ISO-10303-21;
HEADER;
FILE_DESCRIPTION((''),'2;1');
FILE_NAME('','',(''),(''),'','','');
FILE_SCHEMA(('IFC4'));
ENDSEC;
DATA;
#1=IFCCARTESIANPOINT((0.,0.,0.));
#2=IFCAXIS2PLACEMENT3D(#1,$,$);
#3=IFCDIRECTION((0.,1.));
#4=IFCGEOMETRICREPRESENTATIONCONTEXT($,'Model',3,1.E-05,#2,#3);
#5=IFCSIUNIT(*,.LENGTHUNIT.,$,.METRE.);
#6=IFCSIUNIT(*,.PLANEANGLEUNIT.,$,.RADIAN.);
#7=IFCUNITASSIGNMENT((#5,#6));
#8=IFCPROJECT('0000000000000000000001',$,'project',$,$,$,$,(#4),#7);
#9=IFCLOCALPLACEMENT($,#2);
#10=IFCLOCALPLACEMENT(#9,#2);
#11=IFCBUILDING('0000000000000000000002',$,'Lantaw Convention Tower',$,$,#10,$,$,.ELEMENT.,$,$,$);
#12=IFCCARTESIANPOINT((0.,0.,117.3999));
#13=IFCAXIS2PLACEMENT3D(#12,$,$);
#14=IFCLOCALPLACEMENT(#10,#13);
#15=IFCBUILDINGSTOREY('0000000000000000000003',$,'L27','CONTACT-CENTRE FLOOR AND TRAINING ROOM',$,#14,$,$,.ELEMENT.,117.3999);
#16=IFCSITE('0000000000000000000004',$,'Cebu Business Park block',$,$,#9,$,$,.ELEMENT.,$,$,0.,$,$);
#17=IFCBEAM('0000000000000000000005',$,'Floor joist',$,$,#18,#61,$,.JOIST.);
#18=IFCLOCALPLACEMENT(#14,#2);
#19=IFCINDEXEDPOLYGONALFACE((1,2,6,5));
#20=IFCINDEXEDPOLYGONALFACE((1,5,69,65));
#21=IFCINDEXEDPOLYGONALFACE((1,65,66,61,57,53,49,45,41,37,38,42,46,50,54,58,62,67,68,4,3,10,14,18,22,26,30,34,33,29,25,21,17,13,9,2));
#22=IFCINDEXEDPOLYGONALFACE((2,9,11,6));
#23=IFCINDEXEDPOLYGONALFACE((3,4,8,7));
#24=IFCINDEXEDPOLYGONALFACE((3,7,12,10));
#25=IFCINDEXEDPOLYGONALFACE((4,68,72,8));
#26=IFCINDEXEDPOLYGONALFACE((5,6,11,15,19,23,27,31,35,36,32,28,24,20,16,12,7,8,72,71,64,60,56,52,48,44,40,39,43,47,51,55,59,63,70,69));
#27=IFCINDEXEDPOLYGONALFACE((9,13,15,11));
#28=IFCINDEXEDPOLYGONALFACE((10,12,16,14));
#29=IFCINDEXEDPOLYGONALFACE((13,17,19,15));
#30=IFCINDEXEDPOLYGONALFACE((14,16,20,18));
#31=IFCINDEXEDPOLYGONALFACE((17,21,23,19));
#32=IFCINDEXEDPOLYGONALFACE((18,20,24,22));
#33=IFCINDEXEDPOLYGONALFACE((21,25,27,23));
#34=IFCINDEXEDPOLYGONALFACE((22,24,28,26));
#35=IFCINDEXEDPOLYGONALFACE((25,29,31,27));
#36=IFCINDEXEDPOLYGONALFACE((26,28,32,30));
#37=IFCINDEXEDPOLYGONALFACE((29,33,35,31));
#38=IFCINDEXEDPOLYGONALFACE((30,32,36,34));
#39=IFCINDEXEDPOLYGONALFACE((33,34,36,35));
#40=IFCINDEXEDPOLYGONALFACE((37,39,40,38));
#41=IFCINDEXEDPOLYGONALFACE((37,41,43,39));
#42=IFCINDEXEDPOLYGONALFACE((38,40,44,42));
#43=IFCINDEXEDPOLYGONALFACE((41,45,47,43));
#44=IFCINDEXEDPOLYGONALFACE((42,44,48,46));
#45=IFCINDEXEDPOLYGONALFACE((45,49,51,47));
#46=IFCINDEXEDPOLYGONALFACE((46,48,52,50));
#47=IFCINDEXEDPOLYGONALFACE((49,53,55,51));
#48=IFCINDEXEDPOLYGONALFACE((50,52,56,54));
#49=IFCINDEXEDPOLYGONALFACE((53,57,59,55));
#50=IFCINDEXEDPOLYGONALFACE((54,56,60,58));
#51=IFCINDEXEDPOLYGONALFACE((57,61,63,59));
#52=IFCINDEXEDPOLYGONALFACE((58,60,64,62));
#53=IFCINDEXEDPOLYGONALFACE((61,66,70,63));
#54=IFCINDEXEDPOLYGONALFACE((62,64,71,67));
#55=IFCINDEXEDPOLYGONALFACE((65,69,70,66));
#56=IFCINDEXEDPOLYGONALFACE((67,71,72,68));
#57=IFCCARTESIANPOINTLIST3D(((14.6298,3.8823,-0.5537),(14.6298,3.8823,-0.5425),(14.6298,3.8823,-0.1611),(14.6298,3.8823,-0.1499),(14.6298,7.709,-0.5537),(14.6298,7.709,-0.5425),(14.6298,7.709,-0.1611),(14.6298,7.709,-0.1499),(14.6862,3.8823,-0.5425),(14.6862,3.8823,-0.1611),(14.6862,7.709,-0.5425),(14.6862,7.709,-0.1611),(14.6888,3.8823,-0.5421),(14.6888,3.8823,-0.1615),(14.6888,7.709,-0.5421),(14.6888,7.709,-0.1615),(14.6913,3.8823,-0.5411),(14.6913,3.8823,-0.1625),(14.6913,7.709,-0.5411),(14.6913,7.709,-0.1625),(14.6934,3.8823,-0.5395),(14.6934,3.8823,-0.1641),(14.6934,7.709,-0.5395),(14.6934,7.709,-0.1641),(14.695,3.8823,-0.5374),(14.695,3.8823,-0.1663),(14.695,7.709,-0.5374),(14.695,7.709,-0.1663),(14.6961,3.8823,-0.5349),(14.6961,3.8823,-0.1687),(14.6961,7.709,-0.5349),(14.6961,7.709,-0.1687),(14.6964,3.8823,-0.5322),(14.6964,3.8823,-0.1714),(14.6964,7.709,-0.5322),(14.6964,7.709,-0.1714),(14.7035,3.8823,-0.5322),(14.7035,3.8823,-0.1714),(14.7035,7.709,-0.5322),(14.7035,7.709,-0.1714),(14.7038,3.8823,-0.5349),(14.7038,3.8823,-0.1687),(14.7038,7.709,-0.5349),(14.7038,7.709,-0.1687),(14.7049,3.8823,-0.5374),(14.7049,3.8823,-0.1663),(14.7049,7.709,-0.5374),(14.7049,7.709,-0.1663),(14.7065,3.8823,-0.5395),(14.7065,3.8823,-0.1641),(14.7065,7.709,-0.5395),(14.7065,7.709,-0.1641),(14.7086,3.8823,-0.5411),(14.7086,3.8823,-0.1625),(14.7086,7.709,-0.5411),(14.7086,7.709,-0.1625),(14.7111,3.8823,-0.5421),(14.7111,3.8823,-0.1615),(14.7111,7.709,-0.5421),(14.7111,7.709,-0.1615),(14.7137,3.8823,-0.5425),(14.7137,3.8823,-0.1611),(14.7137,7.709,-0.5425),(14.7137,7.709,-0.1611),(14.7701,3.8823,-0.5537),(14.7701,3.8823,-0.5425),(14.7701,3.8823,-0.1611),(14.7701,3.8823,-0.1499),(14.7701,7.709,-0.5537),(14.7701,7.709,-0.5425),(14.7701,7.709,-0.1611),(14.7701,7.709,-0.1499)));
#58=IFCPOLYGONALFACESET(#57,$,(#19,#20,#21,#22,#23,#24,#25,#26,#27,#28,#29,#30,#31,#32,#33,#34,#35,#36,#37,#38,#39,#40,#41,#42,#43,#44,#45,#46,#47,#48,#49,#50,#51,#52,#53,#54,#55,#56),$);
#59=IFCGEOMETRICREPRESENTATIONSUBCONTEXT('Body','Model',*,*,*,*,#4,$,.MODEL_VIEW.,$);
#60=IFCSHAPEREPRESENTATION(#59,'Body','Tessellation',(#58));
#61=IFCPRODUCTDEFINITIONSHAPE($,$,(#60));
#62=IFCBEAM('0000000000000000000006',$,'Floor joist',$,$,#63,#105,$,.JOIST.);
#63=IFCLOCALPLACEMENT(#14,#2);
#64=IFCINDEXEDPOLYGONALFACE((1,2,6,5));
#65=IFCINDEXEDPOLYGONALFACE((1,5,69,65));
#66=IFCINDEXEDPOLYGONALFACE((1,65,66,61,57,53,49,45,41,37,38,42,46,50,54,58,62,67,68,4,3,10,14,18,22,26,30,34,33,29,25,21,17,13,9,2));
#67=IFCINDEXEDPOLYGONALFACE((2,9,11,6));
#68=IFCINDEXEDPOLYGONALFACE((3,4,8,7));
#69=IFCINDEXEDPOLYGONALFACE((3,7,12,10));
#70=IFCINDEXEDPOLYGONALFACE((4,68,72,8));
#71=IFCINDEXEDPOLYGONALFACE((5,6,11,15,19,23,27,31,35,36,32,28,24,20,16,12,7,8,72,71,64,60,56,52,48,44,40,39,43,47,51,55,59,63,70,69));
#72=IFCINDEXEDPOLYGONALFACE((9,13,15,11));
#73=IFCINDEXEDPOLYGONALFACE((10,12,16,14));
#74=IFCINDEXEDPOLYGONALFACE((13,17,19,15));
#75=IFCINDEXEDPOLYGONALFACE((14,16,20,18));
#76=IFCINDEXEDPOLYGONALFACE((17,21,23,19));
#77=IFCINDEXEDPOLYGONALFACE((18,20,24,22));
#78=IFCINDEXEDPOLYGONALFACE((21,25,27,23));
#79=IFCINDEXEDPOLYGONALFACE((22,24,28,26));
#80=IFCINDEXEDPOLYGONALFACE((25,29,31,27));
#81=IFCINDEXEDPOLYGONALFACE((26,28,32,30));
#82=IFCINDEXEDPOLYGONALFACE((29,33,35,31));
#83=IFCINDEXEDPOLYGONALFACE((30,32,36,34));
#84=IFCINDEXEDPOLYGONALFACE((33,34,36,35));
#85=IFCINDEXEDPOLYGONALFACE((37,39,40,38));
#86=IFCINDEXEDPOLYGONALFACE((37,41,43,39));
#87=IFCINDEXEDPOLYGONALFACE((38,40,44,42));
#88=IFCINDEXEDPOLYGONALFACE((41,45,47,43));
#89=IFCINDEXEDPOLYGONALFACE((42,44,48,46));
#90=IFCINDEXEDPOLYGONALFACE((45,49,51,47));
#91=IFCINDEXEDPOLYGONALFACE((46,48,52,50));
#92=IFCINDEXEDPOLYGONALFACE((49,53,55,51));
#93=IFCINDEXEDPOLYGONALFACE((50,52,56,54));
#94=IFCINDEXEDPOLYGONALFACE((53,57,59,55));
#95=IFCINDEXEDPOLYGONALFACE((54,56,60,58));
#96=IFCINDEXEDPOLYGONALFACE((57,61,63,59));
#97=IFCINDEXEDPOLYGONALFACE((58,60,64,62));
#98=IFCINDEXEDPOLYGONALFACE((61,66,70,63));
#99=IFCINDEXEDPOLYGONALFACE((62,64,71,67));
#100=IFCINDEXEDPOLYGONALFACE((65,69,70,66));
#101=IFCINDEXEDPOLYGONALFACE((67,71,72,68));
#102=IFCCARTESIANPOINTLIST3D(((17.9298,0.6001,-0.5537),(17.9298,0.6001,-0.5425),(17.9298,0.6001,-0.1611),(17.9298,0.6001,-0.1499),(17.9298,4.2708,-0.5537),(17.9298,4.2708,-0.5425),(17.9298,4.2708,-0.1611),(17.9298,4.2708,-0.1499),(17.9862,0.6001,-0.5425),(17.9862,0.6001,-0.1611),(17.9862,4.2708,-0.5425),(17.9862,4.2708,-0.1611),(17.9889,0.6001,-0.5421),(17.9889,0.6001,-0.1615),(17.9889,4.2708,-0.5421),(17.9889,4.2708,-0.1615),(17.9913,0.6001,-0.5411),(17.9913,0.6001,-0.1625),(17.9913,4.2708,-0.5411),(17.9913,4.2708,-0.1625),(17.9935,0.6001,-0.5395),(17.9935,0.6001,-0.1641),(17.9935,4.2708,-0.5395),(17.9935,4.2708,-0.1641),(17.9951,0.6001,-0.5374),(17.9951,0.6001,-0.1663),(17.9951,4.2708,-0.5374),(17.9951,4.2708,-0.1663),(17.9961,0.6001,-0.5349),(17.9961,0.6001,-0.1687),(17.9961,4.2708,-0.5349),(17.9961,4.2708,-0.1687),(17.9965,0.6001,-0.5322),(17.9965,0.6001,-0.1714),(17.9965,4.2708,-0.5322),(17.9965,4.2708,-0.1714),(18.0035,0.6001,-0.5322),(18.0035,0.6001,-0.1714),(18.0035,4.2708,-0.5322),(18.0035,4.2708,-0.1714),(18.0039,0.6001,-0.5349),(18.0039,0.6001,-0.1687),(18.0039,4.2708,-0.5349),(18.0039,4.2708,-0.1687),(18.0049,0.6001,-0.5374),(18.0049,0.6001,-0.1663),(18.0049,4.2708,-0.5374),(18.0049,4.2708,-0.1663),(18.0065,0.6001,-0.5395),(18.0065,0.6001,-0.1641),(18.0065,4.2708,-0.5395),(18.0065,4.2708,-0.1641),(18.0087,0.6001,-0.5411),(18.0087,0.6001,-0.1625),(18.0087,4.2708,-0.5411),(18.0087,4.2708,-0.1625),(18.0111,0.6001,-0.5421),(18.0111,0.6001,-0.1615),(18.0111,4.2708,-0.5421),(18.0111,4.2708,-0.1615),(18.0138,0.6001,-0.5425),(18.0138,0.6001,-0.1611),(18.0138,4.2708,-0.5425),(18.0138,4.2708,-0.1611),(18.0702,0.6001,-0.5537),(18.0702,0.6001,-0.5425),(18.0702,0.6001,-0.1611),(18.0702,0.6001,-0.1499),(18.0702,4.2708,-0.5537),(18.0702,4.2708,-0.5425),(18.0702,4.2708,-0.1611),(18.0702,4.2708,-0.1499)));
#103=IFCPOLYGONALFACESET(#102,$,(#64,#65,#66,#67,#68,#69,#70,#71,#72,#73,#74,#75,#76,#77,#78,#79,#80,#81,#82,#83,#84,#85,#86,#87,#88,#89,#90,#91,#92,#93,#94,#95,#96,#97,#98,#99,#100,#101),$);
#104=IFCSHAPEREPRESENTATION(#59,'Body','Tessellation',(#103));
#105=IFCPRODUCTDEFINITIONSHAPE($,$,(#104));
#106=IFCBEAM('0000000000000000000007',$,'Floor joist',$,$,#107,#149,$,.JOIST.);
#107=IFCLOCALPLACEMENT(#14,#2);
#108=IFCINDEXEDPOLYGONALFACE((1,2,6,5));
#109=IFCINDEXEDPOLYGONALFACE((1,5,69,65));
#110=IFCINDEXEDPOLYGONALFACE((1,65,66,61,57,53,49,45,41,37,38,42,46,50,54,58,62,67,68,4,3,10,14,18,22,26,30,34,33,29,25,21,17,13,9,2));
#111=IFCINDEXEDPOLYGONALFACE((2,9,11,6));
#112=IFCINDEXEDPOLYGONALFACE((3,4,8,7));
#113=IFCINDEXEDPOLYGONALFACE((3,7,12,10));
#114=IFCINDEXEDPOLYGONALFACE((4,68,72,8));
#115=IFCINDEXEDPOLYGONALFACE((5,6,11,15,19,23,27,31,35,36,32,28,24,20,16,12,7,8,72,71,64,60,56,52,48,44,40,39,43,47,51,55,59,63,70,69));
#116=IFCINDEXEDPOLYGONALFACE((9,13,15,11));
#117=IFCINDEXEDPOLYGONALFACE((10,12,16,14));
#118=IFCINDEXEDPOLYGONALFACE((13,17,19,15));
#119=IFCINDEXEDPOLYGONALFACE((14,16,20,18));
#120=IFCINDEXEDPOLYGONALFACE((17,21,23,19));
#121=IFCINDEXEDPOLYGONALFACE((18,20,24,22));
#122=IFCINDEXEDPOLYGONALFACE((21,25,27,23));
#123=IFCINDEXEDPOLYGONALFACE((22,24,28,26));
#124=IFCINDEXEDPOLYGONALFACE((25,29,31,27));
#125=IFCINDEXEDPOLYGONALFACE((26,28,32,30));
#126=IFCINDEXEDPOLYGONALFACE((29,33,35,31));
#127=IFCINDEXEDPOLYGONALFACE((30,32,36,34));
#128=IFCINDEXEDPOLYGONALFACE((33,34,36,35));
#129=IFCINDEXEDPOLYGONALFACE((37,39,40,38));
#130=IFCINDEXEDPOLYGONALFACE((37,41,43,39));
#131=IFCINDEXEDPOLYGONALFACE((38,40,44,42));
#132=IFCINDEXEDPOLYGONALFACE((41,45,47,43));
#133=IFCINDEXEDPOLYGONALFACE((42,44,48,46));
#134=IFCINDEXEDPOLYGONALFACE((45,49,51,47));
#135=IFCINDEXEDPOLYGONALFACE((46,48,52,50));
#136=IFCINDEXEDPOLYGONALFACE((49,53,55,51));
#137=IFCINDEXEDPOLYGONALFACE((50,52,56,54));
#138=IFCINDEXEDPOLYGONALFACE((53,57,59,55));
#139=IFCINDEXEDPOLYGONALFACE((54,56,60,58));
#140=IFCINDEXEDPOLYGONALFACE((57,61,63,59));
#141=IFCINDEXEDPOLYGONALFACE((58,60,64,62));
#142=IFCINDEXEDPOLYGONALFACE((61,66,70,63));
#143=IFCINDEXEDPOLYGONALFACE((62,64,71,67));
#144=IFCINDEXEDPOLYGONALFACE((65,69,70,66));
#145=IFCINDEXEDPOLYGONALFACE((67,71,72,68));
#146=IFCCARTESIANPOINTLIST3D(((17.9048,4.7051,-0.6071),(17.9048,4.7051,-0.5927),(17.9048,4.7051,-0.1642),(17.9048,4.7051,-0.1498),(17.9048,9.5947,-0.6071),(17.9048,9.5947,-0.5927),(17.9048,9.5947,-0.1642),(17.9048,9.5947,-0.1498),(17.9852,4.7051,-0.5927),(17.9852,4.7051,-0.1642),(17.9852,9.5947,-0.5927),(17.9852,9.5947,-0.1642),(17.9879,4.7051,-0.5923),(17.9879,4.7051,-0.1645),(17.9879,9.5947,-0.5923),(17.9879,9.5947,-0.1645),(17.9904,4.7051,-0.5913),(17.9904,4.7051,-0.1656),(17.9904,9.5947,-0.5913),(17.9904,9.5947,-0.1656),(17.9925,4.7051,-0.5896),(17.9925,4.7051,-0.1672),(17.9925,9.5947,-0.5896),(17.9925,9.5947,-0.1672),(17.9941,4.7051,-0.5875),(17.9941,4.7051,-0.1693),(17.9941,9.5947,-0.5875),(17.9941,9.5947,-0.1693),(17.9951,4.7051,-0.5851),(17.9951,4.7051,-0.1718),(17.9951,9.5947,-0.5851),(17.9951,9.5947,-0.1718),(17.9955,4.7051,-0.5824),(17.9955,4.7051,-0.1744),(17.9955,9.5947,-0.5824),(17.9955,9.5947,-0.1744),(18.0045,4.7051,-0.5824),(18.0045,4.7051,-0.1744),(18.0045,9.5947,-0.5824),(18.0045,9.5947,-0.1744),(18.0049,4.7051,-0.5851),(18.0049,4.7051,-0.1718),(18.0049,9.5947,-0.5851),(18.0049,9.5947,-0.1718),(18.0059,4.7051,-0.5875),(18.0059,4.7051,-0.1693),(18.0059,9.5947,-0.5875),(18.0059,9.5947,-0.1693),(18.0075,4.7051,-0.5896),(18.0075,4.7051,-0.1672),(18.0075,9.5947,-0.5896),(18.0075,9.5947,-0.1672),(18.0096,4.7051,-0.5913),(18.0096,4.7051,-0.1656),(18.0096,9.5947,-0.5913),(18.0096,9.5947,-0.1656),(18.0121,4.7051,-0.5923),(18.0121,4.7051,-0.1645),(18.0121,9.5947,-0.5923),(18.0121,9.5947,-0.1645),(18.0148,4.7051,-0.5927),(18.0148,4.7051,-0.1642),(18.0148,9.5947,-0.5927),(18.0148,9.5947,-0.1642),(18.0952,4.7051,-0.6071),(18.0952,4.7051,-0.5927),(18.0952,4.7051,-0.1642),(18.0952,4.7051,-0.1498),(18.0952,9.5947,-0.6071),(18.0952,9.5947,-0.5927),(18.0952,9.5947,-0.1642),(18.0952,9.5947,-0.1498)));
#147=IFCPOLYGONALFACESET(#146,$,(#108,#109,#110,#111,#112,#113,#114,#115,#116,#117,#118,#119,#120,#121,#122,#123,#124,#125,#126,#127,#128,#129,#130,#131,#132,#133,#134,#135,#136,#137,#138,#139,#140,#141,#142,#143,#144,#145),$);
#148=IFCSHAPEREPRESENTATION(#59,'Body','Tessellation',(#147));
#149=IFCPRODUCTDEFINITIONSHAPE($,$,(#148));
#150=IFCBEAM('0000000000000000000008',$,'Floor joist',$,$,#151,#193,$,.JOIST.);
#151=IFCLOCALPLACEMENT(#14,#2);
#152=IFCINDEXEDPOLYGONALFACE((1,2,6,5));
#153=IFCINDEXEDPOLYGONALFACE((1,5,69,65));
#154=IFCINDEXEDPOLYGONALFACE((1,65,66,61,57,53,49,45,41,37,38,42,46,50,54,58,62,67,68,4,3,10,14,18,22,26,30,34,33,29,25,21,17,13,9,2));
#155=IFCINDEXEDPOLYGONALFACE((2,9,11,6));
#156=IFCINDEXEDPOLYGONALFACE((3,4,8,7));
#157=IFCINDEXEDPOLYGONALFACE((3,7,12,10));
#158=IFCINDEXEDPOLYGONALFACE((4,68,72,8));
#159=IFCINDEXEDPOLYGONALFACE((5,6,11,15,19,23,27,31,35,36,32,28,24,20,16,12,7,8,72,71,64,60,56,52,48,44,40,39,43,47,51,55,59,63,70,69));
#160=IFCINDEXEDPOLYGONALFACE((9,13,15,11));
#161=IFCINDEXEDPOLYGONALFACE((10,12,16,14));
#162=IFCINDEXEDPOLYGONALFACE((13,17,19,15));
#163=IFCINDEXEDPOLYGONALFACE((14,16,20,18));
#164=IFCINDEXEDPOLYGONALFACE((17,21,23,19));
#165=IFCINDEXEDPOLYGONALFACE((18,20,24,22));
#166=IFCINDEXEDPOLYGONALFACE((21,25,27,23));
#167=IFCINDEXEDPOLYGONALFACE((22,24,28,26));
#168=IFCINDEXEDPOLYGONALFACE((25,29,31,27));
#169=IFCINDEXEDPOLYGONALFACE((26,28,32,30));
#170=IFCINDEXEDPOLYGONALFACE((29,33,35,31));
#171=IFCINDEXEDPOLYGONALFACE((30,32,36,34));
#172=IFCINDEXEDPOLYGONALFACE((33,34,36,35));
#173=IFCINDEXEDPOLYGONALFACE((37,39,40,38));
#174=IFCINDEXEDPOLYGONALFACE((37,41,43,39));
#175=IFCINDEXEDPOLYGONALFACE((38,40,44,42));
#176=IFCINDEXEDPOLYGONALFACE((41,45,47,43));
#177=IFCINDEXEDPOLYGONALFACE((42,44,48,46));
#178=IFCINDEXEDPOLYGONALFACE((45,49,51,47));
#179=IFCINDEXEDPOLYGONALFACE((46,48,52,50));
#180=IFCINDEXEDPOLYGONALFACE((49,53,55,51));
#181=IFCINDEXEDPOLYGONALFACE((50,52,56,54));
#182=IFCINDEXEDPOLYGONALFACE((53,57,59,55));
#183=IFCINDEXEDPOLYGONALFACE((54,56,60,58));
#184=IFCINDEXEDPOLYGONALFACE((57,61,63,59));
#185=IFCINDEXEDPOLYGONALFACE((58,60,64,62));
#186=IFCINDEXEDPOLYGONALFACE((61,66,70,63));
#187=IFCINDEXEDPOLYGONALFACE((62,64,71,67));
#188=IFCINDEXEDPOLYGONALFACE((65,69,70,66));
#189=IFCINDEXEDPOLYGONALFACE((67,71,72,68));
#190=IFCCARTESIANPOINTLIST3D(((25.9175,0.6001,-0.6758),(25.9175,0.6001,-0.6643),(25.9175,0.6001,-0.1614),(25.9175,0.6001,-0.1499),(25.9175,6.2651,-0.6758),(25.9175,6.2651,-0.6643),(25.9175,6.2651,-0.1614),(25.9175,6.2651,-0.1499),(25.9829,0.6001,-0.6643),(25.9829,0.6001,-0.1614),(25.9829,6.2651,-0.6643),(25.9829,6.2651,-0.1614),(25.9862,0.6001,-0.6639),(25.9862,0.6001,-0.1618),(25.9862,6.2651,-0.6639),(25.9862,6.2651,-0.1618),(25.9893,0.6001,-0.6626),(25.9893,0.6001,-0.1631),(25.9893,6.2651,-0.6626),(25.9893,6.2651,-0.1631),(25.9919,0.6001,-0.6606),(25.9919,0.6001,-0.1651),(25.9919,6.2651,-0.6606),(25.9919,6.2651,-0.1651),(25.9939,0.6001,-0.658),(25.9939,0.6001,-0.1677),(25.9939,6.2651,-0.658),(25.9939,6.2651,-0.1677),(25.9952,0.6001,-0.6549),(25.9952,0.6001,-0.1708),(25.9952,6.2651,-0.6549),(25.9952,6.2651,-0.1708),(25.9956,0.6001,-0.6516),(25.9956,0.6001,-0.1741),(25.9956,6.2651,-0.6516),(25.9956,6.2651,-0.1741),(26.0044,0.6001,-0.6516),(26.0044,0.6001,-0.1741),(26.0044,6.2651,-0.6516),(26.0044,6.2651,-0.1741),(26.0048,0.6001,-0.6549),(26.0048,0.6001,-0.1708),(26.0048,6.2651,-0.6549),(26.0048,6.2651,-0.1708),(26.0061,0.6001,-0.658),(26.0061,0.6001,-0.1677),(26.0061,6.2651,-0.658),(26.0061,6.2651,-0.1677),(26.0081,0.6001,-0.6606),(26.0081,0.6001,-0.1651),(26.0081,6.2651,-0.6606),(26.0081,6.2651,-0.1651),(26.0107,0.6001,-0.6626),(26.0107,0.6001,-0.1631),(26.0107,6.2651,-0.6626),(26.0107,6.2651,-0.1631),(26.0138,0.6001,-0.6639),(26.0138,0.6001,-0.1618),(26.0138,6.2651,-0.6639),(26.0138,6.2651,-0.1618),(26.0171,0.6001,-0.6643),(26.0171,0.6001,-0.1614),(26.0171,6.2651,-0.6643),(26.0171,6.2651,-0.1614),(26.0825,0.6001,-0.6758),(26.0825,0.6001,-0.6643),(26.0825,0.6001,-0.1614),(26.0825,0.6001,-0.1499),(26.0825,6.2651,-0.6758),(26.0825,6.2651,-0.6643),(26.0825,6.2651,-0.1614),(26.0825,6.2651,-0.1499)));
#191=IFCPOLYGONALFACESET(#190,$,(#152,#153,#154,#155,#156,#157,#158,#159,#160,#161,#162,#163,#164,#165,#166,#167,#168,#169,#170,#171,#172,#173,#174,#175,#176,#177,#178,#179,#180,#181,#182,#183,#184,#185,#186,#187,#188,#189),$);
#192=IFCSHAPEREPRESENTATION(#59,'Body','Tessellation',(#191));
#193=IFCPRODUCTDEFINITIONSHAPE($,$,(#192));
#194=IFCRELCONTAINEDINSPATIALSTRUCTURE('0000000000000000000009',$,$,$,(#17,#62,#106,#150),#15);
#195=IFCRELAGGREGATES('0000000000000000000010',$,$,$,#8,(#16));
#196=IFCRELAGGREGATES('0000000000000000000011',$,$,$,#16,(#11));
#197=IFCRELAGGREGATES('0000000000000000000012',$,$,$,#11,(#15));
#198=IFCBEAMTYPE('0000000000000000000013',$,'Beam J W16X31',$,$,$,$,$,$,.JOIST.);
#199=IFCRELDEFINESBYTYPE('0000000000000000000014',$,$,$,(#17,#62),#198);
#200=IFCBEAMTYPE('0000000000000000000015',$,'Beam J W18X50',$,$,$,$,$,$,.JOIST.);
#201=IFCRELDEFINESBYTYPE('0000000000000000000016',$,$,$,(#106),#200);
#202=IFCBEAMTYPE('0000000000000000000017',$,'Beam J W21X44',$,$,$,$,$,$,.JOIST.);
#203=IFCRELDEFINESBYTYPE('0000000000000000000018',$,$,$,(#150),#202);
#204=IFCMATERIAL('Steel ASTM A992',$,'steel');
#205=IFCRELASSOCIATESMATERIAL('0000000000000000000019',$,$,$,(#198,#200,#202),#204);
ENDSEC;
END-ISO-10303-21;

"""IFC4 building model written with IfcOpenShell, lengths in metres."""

from ifc_helpers import new_model, si_unit, direction, frame, origin, origin_2d, place, context, subcontext, project, spatial, i_section, extrude, material, material_profile, profile_set, type_object, element, save


model = new_model("IFC4")

# Units and contexts
model_context = context("Model", 3, precision=1e-05, world=origin(), true_north=direction((0.0, 1.0)))
body_context = subcontext(model_context, "Body", "Model", "MODEL_VIEW")
ifc_project = project(units=[si_unit("LENGTHUNIT", "METRE"), si_unit("PLANEANGLEUNIT", "RADIAN")], contexts=[model_context])

# Site, building, storey
site_placement = place(None, origin())
site = spatial("IfcSite", under=ifc_project, at=site_placement, Name="Cebu Business Park block", CompositionType="ELEMENT", RefElevation=0.0)
building_placement = place(site_placement, origin())
building = spatial("IfcBuilding", under=site, at=building_placement, Name="Lantaw Convention Tower", CompositionType="ELEMENT")
storey_placement = place(building_placement, frame((0.0, 0.0, 117.3999)))
storey = spatial("IfcBuildingStorey", under=building, at=storey_placement, Name="L27", Description="CONTACT-CENTRE FLOOR AND TRAINING ROOM", CompositionType="ELEMENT", Elevation=117.3999)

# Beams
ifc_material_1 = material(Name="Steel ASTM A992", Category="steel")
ifc_material_profile_1 = material_profile(ifc_material_1, i_section(OverallWidth=0.1404, OverallDepth=0.4038, WebThickness=0.0071, FlangeThickness=0.0112, FilletRadius=0.0103, at=origin_2d()), Name="W16X31")
ifc_profile_set_1 = profile_set([ifc_material_profile_1], Name="Steel ASTM A992")
beam_type_1 = type_object("IfcBeamType", Name="Beam J W16X31", PredefinedType="JOIST", material=ifc_profile_set_1)
beam_1_placement = place(storey_placement, frame((14.7, 3.8823, -0.3518), z_axis=(0.0, 1.0, 0.0), x_axis=(-1.0, 0.0, 0.0)))
element("IfcBeam", 1, at=beam_1_placement, inside=storey, type_object=beam_type_1, Name="Floor joist", PredefinedType="JOIST", context=body_context, shape_type="SweptSolid", body=[
    extrude(i_section(OverallWidth=0.1404, OverallDepth=0.4038, WebThickness=0.0071, FlangeThickness=0.0112, FilletRadius=0.0103, at=origin_2d()), origin(), (0.0, 0.0, 1.0), 3.8267),
])
beam_2_placement = place(storey_placement, frame((18.0, 0.6001, -0.3518), z_axis=(0.0, 1.0, 0.0), x_axis=(-1.0, 0.0, 0.0)))
element("IfcBeam", 2, at=beam_2_placement, inside=storey, type_object=beam_type_1, Name="Floor joist", PredefinedType="JOIST", context=body_context, shape_type="SweptSolid", body=[
    extrude(i_section(OverallWidth=0.1404, OverallDepth=0.4038, WebThickness=0.0071, FlangeThickness=0.0112, FilletRadius=0.0103, at=origin_2d()), origin(), (0.0, 0.0, 1.0), 3.6707),
])
ifc_material_profile_2 = material_profile(ifc_material_1, i_section(OverallWidth=0.1904, OverallDepth=0.4573, WebThickness=0.009, FlangeThickness=0.0144, FilletRadius=0.0103, at=origin_2d()), Name="W18X50")
ifc_profile_set_2 = profile_set([ifc_material_profile_2], Name="Steel ASTM A992")
beam_type_2 = type_object("IfcBeamType", Name="Beam J W18X50", PredefinedType="JOIST", material=ifc_profile_set_2)
beam_3_placement = place(storey_placement, frame((18.0, 4.7051, -0.3784), z_axis=(0.0, 1.0, 0.0), x_axis=(-1.0, 0.0, 0.0)))
element("IfcBeam", 3, at=beam_3_placement, inside=storey, type_object=beam_type_2, Name="Floor joist", PredefinedType="JOIST", context=body_context, shape_type="SweptSolid", body=[
    extrude(i_section(OverallWidth=0.1904, OverallDepth=0.4573, WebThickness=0.009, FlangeThickness=0.0144, FilletRadius=0.0103, at=origin_2d()), origin(), (0.0, 0.0, 1.0), 4.8896),
])
ifc_material_profile_3 = material_profile(ifc_material_1, i_section(OverallWidth=0.165, OverallDepth=0.5259, WebThickness=0.0088, FlangeThickness=0.0115, FilletRadius=0.0127, at=origin_2d()), Name="W21X44")
ifc_profile_set_3 = profile_set([ifc_material_profile_3], Name="Steel ASTM A992")
beam_type_3 = type_object("IfcBeamType", Name="Beam J W21X44", PredefinedType="JOIST", material=ifc_profile_set_3)
beam_4_placement = place(storey_placement, frame((26.0, 0.6001, -0.4128), z_axis=(0.0, 1.0, 0.0), x_axis=(-1.0, 0.0, 0.0)))
element("IfcBeam", 4, at=beam_4_placement, inside=storey, type_object=beam_type_3, Name="Floor joist", PredefinedType="JOIST", context=body_context, shape_type="SweptSolid", body=[
    extrude(i_section(OverallWidth=0.165, OverallDepth=0.5259, WebThickness=0.0088, FlangeThickness=0.0115, FilletRadius=0.0127, at=origin_2d()), origin(), (0.0, 0.0, 1.0), 5.665),
])

save(model, "model.ifc")
